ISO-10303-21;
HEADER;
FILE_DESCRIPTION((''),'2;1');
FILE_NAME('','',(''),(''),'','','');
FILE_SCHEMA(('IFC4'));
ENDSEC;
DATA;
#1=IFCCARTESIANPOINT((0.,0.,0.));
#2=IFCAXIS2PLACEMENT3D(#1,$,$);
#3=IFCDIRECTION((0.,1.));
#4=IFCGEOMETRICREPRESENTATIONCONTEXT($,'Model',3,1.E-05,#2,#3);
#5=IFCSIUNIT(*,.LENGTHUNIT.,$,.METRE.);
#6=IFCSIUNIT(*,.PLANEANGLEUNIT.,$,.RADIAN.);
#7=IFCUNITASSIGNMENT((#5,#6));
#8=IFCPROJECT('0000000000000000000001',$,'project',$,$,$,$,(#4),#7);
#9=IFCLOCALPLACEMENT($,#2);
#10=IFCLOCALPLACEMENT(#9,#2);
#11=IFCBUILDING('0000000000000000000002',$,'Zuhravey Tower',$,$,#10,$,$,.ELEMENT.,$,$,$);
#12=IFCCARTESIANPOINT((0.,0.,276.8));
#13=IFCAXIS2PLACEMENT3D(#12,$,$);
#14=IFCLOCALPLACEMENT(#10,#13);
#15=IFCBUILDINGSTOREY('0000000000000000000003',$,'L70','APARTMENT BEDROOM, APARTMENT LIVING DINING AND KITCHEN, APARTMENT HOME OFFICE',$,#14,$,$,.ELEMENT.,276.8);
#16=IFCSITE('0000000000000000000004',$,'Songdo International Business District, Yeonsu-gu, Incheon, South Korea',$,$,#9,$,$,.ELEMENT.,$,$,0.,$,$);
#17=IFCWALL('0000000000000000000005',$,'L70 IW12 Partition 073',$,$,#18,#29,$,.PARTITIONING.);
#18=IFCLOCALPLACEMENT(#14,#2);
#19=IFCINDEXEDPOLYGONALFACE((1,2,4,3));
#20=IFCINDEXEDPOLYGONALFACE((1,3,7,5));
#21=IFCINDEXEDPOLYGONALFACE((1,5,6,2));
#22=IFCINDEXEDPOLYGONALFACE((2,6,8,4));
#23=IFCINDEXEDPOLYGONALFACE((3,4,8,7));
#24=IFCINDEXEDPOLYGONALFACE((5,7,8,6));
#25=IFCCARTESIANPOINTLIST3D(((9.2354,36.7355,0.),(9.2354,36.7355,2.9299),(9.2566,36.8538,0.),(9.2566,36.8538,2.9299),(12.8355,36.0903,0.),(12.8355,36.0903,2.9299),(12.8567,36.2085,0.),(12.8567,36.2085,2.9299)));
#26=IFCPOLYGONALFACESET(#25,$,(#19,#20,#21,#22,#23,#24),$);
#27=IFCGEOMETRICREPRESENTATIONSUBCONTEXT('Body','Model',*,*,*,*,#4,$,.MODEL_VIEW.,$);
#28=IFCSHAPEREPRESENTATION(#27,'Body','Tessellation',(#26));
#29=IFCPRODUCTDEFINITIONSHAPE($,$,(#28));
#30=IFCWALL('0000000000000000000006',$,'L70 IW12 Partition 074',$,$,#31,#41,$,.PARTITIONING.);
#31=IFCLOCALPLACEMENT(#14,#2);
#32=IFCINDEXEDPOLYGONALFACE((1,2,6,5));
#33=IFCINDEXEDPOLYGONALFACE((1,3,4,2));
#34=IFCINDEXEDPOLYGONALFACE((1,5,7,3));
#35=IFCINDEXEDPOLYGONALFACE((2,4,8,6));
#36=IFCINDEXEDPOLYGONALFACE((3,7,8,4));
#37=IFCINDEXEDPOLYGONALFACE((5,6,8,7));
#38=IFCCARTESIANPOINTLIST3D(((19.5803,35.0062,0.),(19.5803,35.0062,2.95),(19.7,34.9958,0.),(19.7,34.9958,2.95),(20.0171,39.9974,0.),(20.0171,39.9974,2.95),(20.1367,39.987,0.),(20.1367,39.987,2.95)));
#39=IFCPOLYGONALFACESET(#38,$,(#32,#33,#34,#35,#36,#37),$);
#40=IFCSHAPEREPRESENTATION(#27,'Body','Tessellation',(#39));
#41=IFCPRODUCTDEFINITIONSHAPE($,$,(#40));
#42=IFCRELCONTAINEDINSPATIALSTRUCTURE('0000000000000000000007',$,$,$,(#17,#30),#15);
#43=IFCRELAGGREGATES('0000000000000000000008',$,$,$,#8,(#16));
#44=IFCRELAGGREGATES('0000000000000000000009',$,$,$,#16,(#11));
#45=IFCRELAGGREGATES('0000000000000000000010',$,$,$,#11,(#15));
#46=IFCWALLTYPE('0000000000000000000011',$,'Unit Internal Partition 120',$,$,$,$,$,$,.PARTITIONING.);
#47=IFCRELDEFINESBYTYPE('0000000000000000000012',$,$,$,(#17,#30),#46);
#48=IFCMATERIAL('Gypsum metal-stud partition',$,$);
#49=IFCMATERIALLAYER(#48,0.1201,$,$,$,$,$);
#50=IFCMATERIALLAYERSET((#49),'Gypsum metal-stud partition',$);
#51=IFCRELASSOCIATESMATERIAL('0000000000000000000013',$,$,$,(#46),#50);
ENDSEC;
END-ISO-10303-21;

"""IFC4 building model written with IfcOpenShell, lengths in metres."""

from ifc_helpers import new_model, si_unit, direction, frame, frame_2d, origin, place, context, subcontext, project, spatial, rectangle, extrude, material, layer, layer_set, type_object, element, save


model = new_model("IFC4")

# Units and contexts
model_context = context("Model", 3, precision=1e-05, world=origin(), true_north=direction((0.0, 1.0)))
body_context = subcontext(model_context, "Body", "Model", "MODEL_VIEW")
ifc_project = project(units=[si_unit("LENGTHUNIT", "METRE"), si_unit("PLANEANGLEUNIT", "RADIAN")], contexts=[model_context])

# Site, building, storey
site_placement = place(None, origin())
site = spatial("IfcSite", under=ifc_project, at=site_placement, Name="Songdo International Business District, Yeonsu-gu, Incheon, South Korea", CompositionType="ELEMENT", RefElevation=0.0)
building_placement = place(site_placement, origin())
building = spatial("IfcBuilding", under=site, at=building_placement, Name="Zuhravey Tower", CompositionType="ELEMENT")
storey_placement = place(building_placement, frame((0.0, 0.0, 276.8)))
storey = spatial("IfcBuildingStorey", under=building, at=storey_placement, Name="L70", Description="APARTMENT BEDROOM, APARTMENT LIVING DINING AND KITCHEN, APARTMENT HOME OFFICE", CompositionType="ELEMENT", Elevation=276.8)

# Shared definitions
ifc_material_1 = material(Name="Gypsum metal-stud partition")
ifc_layer_1 = layer(ifc_material_1, 0.1201)
ifc_layer_set_1 = layer_set([ifc_layer_1], Name="Gypsum metal-stud partition")
wall_type_1 = type_object("IfcWallType", Name="Unit Internal Partition 120", PredefinedType="PARTITIONING", material=ifc_layer_set_1)

# Walls
wall_1_placement = place(storey_placement, frame((12.8459, 36.1494, 0.0), z_axis=(0.0, 0.0, 1.0), x_axis=(-0.984314, 0.176424, 0.0)))
element("IfcWall", 1, at=wall_1_placement, inside=storey, type_object=wall_type_1, Name="L70 IW12 Partition 073", PredefinedType="PARTITIONING", context=body_context, shape_type="SweptSolid", body=[
    extrude(rectangle(XDim=3.6575, YDim=0.1201, at=frame_2d((1.8286, 0.0))), origin(), (0.0, 0.0, 1.0), 2.9299),
])
wall_2_placement = place(storey_placement, frame((20.0769, 39.9922, 0.0), z_axis=(0.0, 0.0, 1.0), x_axis=(-0.087174, -0.996193, 0.0)))
element("IfcWall", 2, at=wall_2_placement, inside=storey, type_object=wall_type_1, Name="L70 IW12 Partition 074", PredefinedType="PARTITIONING", context=body_context, shape_type="SweptSolid", body=[
    extrude(rectangle(XDim=5.0103, YDim=0.1201, at=frame_2d((2.5051, 0.0))), origin(), (0.0, 0.0, 1.0), 2.95),
])

save(model, "model.ifc")
